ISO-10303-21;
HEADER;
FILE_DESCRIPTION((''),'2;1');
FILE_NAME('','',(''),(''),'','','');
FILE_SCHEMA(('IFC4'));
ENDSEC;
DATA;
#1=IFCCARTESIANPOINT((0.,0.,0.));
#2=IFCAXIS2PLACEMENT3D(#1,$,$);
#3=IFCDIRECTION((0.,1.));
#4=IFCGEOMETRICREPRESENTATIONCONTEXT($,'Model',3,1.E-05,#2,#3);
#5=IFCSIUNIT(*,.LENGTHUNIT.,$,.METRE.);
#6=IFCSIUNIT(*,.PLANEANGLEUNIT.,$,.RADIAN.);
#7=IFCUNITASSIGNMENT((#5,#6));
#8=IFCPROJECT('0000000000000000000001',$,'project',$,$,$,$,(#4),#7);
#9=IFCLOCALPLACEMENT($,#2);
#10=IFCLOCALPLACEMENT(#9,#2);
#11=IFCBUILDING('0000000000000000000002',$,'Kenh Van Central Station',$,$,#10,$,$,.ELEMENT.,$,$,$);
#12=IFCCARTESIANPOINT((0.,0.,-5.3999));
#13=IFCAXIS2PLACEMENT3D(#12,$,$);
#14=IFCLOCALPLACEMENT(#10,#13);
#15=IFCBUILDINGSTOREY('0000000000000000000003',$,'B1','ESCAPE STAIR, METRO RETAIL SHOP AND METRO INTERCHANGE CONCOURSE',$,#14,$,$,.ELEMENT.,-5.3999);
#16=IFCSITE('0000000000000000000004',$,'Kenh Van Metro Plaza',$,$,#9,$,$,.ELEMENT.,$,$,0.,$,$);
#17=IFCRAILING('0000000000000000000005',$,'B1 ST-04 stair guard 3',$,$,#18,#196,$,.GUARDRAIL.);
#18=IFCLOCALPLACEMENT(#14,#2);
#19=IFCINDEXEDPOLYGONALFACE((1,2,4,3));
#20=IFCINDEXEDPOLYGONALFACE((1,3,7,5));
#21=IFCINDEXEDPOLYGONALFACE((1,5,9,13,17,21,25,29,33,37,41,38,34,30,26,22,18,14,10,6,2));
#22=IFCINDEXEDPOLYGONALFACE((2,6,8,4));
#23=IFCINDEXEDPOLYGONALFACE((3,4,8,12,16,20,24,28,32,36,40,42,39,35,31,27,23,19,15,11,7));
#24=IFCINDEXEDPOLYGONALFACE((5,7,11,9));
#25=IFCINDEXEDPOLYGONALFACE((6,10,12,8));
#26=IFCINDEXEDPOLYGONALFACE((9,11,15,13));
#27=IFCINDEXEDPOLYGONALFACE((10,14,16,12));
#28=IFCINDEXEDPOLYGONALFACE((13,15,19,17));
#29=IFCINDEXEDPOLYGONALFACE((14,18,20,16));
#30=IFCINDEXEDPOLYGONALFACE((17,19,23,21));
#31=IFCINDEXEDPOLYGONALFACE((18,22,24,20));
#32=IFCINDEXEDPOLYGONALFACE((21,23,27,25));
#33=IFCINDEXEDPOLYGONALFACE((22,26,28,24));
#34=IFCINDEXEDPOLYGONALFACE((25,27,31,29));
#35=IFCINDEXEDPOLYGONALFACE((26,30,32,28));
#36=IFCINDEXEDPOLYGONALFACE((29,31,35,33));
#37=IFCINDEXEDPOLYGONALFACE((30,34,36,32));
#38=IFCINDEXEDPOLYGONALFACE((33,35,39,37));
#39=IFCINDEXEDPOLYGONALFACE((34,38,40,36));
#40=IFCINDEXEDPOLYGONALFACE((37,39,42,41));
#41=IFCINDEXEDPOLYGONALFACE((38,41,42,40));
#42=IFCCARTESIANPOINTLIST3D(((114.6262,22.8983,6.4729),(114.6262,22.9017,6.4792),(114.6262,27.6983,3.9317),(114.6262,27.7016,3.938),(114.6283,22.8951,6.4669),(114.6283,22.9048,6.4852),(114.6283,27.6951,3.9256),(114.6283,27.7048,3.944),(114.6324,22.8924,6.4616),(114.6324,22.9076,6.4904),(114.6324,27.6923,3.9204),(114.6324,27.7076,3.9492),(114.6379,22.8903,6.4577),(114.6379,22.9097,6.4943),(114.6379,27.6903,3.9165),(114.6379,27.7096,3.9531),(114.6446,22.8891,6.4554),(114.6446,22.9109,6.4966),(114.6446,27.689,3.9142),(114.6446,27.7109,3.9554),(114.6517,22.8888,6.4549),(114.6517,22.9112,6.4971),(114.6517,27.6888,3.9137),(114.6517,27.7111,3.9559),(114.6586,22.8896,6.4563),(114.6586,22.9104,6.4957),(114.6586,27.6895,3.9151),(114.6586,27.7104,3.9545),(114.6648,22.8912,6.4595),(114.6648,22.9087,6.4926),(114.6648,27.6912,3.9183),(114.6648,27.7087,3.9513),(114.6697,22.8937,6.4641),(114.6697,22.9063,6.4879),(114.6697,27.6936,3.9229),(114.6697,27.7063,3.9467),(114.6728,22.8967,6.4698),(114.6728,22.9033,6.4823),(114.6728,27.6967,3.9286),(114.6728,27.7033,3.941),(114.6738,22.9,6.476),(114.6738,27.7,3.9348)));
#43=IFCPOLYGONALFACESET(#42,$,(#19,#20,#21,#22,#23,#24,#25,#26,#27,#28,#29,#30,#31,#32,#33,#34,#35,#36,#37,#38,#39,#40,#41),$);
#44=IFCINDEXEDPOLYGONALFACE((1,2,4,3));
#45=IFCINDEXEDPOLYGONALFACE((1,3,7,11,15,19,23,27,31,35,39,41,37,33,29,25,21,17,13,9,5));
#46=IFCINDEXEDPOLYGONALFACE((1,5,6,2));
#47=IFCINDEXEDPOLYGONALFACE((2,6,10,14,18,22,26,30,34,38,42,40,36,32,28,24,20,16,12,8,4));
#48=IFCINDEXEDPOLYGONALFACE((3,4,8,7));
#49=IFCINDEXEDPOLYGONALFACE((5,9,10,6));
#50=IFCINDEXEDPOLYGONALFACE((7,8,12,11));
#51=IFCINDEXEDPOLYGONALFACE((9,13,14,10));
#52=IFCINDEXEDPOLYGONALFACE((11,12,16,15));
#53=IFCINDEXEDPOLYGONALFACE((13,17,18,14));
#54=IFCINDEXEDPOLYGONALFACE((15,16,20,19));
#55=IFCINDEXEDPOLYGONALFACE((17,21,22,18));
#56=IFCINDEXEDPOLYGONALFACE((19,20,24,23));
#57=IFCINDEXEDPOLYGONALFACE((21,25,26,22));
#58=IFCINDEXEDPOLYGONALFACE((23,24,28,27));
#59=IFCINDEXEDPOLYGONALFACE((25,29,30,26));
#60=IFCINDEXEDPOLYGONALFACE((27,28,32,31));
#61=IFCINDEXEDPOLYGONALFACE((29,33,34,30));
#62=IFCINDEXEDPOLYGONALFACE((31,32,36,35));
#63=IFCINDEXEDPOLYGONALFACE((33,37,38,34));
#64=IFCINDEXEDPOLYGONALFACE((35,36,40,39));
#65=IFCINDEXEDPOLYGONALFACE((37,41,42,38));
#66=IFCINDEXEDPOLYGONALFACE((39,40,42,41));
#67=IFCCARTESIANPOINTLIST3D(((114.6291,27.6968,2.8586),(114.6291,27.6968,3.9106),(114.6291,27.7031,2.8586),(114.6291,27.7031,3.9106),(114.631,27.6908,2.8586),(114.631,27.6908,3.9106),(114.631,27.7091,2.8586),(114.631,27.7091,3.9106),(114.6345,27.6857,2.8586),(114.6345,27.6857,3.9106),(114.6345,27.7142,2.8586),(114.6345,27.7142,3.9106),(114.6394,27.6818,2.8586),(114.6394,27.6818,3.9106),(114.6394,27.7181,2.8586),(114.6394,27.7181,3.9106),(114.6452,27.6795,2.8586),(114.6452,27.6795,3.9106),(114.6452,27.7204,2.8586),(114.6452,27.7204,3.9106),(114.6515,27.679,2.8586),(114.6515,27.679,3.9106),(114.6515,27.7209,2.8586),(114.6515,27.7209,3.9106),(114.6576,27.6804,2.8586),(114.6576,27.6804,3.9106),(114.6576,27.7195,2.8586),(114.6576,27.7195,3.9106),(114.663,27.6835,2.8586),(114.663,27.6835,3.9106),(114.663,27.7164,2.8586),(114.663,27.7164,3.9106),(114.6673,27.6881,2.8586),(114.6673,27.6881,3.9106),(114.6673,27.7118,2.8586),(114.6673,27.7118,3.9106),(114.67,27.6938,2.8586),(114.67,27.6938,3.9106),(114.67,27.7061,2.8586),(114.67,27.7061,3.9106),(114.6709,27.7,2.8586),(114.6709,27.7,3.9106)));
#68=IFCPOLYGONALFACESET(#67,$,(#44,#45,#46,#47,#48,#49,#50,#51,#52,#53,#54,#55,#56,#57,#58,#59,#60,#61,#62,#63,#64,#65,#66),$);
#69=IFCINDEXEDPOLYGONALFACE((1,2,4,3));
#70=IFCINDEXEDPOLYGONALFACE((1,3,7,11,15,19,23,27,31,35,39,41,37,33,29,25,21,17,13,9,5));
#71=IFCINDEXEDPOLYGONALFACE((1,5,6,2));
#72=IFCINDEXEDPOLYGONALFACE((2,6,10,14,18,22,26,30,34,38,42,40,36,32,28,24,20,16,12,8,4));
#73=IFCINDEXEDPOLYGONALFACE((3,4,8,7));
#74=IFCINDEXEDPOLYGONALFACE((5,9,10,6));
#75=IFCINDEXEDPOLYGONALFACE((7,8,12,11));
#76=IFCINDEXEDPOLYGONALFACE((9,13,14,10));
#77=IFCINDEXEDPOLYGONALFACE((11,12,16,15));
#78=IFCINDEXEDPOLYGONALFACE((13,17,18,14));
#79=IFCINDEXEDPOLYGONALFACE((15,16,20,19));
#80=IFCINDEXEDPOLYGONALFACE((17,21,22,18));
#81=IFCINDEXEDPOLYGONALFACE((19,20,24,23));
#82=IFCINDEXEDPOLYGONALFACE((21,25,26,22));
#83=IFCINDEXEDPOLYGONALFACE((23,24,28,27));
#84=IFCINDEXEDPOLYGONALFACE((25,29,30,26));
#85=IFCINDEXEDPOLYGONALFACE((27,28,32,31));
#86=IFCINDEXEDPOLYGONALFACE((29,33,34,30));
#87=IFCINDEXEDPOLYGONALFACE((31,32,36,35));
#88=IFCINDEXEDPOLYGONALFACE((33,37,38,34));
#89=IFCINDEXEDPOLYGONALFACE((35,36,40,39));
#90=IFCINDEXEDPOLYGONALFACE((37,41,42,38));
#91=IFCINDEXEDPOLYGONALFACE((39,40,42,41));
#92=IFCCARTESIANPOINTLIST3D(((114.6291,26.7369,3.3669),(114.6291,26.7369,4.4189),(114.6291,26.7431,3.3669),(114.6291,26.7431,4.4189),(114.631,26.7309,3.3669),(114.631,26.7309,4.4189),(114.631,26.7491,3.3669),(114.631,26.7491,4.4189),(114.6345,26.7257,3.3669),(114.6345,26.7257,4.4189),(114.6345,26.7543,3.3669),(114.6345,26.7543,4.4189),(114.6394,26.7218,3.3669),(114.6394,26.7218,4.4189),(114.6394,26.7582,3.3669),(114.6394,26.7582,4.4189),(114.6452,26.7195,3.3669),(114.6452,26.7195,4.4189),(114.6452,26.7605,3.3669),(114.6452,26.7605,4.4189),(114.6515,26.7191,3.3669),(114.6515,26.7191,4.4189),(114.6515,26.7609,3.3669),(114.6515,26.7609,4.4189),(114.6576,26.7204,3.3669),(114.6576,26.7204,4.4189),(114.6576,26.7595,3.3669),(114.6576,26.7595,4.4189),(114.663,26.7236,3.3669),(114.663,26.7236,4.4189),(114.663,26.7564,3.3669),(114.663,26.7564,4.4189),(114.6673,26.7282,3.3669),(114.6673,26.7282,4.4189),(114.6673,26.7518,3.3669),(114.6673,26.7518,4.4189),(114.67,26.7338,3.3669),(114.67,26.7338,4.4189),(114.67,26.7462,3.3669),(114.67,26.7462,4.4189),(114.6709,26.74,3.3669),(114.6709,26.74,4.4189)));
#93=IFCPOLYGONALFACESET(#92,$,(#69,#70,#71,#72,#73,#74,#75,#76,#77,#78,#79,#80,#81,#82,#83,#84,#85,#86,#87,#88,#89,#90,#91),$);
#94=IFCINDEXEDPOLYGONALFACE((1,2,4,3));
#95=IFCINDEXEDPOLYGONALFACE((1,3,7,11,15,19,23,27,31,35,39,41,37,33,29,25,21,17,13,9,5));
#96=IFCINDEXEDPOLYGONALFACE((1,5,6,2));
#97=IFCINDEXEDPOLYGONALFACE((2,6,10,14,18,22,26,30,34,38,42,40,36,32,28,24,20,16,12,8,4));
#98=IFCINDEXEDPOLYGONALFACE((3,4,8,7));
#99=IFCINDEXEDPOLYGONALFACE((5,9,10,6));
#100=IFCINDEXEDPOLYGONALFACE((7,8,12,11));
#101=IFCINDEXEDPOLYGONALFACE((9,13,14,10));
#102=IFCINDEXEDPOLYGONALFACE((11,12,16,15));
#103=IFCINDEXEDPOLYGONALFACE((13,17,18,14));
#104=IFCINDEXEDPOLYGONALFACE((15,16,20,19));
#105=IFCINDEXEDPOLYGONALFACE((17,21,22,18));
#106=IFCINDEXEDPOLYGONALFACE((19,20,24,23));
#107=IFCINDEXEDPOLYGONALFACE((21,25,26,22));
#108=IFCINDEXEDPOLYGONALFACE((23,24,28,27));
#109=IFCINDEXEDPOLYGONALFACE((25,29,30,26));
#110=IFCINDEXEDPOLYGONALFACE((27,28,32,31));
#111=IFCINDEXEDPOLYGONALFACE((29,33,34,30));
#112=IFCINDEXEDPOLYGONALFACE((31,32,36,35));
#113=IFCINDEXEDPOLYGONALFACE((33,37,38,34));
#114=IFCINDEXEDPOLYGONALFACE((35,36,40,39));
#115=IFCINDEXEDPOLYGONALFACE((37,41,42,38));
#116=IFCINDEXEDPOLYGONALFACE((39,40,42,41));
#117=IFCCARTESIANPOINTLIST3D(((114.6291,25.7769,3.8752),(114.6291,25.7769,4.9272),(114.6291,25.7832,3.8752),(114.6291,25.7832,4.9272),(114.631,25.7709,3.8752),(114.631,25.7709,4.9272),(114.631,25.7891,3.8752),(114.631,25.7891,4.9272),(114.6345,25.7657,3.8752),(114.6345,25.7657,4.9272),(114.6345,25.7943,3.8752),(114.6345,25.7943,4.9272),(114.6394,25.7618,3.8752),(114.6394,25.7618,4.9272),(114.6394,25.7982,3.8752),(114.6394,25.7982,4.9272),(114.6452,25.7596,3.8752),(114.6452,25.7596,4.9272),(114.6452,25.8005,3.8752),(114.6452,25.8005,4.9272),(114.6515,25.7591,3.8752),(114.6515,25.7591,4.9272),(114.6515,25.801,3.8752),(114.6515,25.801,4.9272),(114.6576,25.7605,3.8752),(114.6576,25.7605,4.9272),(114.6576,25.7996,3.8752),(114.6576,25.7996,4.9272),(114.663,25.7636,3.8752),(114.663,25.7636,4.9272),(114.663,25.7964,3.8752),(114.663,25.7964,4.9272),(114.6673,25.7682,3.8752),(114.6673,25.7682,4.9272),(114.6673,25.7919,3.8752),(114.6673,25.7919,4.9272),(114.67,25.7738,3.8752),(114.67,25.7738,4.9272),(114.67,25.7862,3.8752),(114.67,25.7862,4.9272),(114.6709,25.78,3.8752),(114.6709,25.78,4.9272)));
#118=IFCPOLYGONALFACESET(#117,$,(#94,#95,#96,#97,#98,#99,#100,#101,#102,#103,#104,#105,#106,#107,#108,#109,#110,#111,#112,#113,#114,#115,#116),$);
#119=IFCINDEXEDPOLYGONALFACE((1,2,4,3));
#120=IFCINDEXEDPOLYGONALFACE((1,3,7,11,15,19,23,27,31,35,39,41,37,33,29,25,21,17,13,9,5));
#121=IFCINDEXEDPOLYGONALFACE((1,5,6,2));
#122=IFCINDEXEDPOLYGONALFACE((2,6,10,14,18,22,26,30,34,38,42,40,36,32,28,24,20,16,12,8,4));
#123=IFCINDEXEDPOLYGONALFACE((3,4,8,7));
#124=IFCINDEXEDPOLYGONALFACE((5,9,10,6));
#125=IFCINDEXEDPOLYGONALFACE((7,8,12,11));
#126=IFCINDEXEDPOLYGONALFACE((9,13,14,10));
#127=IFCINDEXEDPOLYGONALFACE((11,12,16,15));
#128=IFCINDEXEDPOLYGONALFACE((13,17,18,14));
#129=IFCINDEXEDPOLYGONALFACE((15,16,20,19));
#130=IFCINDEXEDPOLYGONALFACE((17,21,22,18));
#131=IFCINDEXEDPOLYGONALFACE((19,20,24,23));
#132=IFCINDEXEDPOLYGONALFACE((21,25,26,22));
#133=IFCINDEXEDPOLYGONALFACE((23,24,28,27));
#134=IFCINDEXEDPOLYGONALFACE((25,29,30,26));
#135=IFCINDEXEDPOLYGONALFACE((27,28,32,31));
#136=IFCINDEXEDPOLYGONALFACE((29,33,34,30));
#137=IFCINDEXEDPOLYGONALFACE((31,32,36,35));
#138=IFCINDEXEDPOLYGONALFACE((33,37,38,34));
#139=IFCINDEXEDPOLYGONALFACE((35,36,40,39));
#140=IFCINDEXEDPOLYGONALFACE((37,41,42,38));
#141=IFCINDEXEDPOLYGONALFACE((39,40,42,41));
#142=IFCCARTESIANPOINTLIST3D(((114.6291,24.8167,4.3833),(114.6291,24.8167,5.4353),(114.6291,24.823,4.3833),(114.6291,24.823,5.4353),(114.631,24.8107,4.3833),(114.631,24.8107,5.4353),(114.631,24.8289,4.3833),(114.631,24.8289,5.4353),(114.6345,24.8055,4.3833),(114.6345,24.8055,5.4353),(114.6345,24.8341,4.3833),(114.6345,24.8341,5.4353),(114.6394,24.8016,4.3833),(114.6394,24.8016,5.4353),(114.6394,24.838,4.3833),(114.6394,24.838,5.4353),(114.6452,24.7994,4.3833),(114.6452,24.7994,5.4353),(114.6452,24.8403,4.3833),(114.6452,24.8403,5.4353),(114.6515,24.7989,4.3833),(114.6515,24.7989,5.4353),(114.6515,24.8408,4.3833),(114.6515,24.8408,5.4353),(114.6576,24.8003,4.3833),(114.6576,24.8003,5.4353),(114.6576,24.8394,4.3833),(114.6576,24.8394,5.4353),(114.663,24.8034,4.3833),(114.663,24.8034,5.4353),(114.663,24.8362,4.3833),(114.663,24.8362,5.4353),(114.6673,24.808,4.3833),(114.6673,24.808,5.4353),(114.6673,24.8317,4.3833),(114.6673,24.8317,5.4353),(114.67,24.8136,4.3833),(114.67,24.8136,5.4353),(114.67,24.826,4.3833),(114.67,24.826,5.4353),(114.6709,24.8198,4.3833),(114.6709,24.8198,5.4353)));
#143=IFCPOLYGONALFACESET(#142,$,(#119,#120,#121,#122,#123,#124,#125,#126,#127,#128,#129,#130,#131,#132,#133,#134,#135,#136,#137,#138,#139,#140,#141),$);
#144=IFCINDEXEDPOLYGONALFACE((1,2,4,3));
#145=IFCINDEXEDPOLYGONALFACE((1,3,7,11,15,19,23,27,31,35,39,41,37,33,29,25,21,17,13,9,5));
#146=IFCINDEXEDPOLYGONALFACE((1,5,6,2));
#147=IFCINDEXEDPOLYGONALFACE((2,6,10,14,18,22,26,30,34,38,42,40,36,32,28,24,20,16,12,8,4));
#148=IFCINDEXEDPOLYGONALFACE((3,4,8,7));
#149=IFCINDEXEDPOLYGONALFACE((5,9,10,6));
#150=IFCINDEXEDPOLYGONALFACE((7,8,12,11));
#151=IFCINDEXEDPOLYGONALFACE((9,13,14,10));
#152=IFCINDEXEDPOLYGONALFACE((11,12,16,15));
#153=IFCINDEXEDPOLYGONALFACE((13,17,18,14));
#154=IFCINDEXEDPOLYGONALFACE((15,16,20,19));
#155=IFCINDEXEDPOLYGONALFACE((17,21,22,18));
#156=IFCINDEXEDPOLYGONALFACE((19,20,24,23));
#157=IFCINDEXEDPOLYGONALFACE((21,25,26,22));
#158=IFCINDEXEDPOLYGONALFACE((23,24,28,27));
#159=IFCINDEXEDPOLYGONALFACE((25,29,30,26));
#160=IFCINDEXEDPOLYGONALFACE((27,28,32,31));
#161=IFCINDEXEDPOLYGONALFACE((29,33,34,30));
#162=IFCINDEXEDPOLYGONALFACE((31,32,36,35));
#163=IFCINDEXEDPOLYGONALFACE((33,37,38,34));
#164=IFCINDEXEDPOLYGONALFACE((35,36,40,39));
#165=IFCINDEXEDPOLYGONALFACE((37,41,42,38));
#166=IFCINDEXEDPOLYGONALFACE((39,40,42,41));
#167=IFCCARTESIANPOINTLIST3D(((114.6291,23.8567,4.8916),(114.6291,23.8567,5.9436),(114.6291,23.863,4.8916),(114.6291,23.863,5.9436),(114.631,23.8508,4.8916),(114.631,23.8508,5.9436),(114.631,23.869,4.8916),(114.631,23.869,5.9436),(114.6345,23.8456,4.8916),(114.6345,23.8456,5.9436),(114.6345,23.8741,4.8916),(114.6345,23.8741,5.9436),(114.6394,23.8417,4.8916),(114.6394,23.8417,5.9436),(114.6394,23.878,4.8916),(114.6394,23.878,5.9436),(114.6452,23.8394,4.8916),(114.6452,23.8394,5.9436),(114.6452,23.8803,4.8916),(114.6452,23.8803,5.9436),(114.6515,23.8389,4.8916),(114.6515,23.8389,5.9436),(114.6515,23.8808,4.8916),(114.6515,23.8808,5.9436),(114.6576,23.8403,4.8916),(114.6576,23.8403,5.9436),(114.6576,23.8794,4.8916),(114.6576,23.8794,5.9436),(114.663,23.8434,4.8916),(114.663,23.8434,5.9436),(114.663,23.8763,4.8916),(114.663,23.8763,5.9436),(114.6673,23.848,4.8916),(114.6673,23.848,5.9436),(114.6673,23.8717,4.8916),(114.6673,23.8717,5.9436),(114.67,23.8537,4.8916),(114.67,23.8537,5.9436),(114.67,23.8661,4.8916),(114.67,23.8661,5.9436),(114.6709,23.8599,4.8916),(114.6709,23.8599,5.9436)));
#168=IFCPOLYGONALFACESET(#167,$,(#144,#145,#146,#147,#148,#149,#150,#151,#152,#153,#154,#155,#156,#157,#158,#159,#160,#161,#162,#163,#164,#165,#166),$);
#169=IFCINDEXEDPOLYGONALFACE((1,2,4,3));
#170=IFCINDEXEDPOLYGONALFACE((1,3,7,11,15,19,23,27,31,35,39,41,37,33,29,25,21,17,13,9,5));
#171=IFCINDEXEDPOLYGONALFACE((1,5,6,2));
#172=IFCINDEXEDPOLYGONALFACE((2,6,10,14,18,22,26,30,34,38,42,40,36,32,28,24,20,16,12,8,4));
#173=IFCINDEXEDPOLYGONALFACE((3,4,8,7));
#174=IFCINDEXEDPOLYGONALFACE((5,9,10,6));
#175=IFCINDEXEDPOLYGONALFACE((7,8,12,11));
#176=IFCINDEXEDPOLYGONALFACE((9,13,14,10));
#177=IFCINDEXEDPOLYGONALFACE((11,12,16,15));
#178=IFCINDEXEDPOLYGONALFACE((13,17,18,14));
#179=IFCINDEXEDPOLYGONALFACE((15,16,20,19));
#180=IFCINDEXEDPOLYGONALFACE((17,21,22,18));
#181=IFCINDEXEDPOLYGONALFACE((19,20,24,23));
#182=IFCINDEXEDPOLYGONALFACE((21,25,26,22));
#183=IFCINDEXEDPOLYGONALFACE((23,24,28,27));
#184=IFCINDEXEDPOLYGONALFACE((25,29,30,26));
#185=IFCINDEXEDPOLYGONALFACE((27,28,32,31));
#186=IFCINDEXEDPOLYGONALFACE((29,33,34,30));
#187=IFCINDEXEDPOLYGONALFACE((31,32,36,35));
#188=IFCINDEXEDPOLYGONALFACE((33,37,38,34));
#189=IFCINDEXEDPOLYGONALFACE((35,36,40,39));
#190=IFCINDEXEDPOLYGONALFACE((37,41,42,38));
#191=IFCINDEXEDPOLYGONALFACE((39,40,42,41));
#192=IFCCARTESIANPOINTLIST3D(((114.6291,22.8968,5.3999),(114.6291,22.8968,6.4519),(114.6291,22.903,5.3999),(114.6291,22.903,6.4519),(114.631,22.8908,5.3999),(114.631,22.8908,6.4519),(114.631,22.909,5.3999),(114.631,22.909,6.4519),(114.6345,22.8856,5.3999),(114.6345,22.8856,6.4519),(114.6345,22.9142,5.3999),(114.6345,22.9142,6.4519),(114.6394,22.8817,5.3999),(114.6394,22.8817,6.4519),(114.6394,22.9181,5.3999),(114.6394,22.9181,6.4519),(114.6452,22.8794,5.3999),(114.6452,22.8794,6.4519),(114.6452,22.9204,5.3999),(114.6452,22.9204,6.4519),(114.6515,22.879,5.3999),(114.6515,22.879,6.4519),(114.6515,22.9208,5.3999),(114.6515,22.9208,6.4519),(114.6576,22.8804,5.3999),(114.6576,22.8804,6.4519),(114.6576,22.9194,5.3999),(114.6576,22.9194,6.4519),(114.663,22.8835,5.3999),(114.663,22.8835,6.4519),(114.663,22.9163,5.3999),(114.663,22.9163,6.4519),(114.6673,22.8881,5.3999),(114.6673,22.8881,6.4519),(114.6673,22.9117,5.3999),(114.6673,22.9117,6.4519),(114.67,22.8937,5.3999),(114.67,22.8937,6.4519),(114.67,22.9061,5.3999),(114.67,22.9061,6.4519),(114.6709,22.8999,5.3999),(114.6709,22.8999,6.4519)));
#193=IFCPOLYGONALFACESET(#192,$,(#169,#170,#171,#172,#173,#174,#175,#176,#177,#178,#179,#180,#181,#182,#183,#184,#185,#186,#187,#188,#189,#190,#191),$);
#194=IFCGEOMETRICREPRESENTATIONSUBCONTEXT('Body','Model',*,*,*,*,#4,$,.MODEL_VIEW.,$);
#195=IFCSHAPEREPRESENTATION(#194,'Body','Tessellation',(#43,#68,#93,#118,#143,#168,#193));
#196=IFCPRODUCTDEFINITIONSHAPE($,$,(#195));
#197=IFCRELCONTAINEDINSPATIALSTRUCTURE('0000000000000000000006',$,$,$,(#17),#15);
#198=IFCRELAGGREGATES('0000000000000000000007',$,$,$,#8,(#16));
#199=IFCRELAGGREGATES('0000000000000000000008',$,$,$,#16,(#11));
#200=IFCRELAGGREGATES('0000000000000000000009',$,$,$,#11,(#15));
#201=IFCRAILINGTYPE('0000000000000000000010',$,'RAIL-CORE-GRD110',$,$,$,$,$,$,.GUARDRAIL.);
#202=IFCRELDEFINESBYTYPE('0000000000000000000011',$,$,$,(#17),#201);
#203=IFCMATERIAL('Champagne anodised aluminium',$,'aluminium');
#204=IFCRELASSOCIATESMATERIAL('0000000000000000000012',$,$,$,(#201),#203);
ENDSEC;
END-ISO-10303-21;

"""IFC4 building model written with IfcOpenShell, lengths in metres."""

from ifc_helpers import new_model, si_unit, direction, frame, origin, origin_2d, place, context, subcontext, project, spatial, circle, extrude, material, type_object, element, save


model = new_model("IFC4")

# Units and contexts
model_context = context("Model", 3, precision=1e-05, world=origin(), true_north=direction((0.0, 1.0)))
body_context = subcontext(model_context, "Body", "Model", "MODEL_VIEW")
ifc_project = project(units=[si_unit("LENGTHUNIT", "METRE"), si_unit("PLANEANGLEUNIT", "RADIAN")], contexts=[model_context])

# Site, building, storey
site_placement = place(None, origin())
site = spatial("IfcSite", under=ifc_project, at=site_placement, Name="Kenh Van Metro Plaza", CompositionType="ELEMENT", RefElevation=0.0)
building_placement = place(site_placement, origin())
building = spatial("IfcBuilding", under=site, at=building_placement, Name="Kenh Van Central Station", CompositionType="ELEMENT")
storey_placement = place(building_placement, frame((0.0, 0.0, -5.3999)))
storey = spatial("IfcBuildingStorey", under=building, at=storey_placement, Name="B1", Description="ESCAPE STAIR, METRO RETAIL SHOP AND METRO INTERCHANGE CONCOURSE", CompositionType="ELEMENT", Elevation=-5.3999)

# Railing
ifc_material_1 = material(Name="Champagne anodised aluminium", Category="aluminium")
railing_type_1 = type_object("IfcRailingType", Name="RAIL-CORE-GRD110", PredefinedType="GUARDRAIL", material=ifc_material_1)
railing_1_placement = place(storey_placement, frame((114.6499, 27.7, 2.8586)))
element("IfcRailing", 1, at=railing_1_placement, inside=storey, type_object=railing_type_1, Name="B1 ST-04 stair guard 3", PredefinedType="GUARDRAIL", context=body_context, shape_type="SweptSolid", body=[
    extrude(circle(Radius=0.0239, at=origin_2d()), frame((0.0, 0.0, 1.0762), z_axis=(0.0, -0.883784, 0.467896), x_axis=(1.0, 0.0, 0.0)), (0.0, 0.0, 1.0), 5.4312),
    extrude(circle(Radius=0.021, at=origin_2d()), origin(), (0.0, 0.0, 1.0), 1.052),
    extrude(circle(Radius=0.021, at=origin_2d()), frame((0.0, -0.96, 0.5083)), (0.0, 0.0, 1.0), 1.052),
    extrude(circle(Radius=0.021, at=origin_2d()), frame((0.0, -1.9199, 1.0166)), (0.0, 0.0, 1.0), 1.052),
    extrude(circle(Radius=0.021, at=origin_2d()), frame((0.0, -2.8801, 1.5247)), (0.0, 0.0, 1.0), 1.052),
    extrude(circle(Radius=0.021, at=origin_2d()), frame((0.0, -3.8401, 2.033)), (0.0, 0.0, 1.0), 1.052),
    extrude(circle(Radius=0.021, at=origin_2d()), frame((0.0, -4.8, 2.5413)), (0.0, 0.0, 1.0), 1.052),
])

save(model, "model.ifc")
